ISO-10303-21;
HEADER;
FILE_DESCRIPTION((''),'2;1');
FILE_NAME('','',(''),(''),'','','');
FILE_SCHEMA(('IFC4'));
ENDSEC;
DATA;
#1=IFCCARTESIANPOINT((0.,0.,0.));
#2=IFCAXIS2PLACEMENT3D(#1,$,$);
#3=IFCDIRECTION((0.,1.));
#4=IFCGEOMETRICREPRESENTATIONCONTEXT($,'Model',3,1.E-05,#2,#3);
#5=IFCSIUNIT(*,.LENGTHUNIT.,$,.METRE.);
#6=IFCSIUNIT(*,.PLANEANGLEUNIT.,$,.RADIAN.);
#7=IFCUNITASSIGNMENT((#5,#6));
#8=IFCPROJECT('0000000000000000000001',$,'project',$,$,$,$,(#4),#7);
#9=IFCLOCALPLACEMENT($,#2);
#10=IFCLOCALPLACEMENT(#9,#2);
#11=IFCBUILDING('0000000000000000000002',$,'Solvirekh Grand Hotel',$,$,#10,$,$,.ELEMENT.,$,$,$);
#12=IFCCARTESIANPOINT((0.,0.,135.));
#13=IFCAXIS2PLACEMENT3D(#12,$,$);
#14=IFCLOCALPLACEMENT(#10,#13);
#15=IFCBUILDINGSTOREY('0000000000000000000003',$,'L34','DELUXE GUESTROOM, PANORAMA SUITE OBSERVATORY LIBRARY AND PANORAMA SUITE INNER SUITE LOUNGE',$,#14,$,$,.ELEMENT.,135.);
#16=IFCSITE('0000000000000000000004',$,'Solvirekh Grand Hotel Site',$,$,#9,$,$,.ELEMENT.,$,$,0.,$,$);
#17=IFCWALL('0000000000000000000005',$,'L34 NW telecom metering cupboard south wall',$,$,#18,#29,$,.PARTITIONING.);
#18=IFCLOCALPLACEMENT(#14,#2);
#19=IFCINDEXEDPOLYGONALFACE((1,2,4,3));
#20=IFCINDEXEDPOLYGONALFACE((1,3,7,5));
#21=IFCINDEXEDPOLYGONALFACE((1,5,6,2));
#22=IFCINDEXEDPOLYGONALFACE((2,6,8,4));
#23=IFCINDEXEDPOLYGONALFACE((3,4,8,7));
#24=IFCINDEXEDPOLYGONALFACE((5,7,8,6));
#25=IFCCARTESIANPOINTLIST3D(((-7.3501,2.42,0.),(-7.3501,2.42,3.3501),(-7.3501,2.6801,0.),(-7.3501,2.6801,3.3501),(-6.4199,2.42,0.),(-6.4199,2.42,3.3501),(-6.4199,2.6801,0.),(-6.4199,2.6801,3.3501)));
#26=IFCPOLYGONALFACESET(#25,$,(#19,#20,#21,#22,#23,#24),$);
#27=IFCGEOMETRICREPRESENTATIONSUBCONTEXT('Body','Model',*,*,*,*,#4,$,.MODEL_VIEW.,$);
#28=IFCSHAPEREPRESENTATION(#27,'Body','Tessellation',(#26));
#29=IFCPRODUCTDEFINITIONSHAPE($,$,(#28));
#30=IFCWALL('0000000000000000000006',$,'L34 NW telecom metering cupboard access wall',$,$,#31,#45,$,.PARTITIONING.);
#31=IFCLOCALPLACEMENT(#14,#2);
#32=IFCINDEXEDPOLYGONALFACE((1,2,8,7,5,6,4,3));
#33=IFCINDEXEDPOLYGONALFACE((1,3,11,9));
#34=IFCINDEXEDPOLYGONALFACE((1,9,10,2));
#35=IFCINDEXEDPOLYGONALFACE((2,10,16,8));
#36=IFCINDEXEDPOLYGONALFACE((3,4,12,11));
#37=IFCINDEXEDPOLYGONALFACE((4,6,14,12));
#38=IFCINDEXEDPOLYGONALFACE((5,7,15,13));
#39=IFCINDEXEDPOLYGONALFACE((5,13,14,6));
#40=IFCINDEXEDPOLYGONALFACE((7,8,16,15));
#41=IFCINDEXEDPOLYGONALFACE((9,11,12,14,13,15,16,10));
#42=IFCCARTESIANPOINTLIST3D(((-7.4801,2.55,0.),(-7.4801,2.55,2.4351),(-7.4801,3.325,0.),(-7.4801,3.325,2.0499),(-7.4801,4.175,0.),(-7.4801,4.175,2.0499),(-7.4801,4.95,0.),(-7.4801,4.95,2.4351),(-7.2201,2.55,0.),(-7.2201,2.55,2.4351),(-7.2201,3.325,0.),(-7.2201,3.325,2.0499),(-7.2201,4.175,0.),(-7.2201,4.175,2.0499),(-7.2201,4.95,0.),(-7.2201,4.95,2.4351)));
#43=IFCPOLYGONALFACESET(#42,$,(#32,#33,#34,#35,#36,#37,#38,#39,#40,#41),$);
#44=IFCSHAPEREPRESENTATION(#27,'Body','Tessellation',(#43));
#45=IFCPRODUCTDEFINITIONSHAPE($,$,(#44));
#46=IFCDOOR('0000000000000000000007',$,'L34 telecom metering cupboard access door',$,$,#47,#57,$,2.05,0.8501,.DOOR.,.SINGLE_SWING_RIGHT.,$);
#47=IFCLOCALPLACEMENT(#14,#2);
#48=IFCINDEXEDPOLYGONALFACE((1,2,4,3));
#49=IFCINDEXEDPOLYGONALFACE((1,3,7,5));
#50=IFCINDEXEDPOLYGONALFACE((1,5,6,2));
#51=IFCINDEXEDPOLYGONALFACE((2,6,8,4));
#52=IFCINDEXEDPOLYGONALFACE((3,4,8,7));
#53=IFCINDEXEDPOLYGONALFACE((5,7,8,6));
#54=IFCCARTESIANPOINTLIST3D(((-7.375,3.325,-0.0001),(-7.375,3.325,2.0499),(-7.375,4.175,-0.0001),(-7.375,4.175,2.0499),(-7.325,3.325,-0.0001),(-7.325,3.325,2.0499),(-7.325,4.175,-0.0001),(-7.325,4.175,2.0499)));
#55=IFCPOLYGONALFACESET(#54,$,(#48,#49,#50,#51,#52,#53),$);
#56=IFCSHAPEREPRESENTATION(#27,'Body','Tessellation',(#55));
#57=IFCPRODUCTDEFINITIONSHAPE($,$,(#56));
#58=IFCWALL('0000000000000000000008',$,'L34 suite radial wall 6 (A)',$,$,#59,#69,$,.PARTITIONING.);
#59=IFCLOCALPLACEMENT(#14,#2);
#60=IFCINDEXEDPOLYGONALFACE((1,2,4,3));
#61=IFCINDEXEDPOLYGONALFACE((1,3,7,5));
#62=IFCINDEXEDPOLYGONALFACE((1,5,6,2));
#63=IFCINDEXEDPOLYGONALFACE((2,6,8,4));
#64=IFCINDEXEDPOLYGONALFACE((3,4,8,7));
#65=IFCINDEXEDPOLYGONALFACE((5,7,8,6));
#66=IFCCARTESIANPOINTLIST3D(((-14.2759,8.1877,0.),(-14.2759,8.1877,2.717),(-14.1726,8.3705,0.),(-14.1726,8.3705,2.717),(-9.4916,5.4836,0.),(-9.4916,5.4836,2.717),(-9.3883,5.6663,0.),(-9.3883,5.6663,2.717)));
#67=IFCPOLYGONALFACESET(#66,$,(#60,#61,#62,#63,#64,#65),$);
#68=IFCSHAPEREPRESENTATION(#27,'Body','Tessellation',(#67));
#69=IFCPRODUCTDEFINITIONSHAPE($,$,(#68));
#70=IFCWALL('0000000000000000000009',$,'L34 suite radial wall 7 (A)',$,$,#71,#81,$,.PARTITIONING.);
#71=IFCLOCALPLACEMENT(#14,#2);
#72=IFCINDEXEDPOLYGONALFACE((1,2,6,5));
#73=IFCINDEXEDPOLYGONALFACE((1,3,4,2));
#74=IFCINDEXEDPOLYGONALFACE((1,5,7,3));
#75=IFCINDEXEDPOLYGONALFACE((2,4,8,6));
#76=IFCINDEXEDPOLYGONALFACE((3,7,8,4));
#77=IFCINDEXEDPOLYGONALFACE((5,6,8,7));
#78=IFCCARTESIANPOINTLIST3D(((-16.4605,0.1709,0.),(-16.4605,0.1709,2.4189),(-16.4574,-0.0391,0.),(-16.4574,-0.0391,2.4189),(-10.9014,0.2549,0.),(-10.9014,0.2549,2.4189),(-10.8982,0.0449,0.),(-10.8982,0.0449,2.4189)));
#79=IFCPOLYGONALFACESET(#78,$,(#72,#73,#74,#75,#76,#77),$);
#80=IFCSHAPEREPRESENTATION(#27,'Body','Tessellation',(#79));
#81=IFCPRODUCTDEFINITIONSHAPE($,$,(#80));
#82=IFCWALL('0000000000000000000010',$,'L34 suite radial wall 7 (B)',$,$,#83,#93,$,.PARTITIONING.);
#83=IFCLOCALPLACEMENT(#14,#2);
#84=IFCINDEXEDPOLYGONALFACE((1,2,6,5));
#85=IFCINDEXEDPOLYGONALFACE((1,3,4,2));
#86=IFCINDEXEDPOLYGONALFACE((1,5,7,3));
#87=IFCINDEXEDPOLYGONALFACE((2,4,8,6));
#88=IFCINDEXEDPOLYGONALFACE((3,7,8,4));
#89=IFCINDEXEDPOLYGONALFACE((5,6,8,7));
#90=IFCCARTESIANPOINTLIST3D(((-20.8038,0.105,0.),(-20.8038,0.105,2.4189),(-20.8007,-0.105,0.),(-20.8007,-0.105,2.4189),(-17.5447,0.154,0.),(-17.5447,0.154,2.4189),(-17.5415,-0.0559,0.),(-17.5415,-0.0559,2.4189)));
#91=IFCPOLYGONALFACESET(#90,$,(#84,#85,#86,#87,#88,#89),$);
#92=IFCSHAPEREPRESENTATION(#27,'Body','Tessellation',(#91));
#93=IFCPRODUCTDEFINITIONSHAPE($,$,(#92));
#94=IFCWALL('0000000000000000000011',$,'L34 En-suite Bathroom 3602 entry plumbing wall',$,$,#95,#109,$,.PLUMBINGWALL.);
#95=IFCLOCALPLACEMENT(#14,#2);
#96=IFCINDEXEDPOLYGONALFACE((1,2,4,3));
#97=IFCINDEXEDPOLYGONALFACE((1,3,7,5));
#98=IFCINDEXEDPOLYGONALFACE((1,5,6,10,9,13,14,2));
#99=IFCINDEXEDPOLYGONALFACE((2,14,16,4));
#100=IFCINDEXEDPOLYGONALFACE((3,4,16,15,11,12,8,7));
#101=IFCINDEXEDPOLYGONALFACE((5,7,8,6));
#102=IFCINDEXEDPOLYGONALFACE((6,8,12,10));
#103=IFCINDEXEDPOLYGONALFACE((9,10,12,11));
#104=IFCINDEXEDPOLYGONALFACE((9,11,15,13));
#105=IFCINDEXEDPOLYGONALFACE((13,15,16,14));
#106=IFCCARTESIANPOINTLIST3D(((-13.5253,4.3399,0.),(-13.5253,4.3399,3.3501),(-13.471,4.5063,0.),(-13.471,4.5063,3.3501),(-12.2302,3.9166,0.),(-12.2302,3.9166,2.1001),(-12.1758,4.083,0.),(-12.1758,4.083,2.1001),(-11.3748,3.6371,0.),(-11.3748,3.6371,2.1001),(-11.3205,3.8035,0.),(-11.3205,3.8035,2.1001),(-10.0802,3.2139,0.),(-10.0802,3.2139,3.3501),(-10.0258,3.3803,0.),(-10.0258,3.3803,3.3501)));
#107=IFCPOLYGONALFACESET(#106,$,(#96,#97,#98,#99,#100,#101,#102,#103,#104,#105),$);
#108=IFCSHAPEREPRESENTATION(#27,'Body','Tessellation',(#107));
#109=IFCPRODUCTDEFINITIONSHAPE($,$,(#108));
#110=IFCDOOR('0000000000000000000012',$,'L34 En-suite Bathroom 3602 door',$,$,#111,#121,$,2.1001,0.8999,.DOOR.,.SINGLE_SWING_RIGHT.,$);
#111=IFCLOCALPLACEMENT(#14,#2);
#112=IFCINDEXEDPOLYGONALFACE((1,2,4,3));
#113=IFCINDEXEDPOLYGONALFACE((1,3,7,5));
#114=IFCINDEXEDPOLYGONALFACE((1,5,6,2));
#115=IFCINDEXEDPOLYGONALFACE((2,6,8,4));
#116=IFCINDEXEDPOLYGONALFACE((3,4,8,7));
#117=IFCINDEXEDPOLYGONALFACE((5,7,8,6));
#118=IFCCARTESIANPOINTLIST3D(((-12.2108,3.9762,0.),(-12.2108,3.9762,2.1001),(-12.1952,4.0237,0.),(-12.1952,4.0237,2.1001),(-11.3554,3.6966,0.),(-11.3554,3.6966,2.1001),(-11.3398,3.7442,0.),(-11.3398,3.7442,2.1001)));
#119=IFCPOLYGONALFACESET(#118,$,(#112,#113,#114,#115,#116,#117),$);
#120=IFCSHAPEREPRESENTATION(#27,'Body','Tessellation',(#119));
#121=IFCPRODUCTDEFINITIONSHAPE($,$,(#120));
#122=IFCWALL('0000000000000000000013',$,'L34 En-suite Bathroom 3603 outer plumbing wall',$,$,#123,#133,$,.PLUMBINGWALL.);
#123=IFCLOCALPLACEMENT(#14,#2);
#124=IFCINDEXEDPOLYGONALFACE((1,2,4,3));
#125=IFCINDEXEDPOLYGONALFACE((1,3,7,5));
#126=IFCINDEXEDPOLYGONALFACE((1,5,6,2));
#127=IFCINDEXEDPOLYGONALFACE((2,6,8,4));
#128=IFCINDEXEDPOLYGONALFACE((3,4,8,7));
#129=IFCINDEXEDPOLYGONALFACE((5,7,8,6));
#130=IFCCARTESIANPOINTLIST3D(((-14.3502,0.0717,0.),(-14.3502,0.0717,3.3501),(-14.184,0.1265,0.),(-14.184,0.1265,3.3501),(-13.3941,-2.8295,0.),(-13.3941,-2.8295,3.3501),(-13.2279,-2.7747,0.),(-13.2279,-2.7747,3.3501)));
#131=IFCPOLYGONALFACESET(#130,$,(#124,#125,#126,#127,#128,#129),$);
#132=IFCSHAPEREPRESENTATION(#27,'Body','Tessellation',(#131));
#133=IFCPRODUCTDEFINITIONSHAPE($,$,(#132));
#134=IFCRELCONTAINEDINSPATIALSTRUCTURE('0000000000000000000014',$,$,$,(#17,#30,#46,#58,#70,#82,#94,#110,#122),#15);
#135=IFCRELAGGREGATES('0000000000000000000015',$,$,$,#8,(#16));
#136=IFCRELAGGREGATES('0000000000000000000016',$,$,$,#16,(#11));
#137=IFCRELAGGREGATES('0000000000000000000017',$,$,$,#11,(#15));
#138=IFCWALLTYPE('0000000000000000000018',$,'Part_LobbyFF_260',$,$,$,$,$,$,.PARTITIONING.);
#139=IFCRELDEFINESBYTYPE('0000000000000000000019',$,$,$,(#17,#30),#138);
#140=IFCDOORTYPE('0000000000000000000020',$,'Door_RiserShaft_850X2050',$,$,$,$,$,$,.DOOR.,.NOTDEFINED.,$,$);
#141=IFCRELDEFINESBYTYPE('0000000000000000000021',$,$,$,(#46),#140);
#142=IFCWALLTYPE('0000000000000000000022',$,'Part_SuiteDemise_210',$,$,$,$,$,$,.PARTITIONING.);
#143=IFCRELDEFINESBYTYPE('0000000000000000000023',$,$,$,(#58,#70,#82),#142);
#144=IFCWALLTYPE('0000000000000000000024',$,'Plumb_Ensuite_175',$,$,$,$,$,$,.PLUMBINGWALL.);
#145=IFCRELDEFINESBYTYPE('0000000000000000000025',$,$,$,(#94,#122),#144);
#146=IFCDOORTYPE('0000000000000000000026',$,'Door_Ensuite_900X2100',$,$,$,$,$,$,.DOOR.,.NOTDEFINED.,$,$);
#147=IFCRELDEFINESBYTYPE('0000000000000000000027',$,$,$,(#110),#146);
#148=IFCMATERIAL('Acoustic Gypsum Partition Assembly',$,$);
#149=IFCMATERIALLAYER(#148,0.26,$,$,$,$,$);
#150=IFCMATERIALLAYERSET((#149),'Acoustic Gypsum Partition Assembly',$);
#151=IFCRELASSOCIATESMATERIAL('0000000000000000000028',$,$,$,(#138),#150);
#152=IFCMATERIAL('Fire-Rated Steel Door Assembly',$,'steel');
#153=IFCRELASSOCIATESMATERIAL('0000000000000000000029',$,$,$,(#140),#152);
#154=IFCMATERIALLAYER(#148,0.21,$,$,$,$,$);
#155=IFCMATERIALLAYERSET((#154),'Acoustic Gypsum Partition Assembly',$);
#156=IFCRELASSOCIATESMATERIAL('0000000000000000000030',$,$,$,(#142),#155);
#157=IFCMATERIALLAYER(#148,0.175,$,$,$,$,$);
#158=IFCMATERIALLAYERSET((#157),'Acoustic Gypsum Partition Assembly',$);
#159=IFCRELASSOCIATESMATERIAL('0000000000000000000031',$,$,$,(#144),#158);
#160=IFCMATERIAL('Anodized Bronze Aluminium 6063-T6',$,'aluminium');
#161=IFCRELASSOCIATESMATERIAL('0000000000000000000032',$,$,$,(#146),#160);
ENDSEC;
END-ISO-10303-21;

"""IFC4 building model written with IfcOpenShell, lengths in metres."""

from ifc_helpers import new_model, si_unit, direction, frame, frame_2d, origin, place, context, subcontext, project, spatial, rectangle, extrude, material, layer, layer_set, type_object, element, fill, save


model = new_model("IFC4")

# Units and contexts
model_context = context("Model", 3, precision=1e-05, world=origin(), true_north=direction((0.0, 1.0)))
body_context = subcontext(model_context, "Body", "Model", "MODEL_VIEW")
ifc_project = project(units=[si_unit("LENGTHUNIT", "METRE"), si_unit("PLANEANGLEUNIT", "RADIAN")], contexts=[model_context])

# Site, building, storey
site_placement = place(None, origin())
site = spatial("IfcSite", under=ifc_project, at=site_placement, Name="Solvirekh Grand Hotel Site", CompositionType="ELEMENT", RefElevation=0.0)
building_placement = place(site_placement, origin())
building = spatial("IfcBuilding", under=site, at=building_placement, Name="Solvirekh Grand Hotel", CompositionType="ELEMENT")
storey_placement = place(building_placement, frame((0.0, 0.0, 135.0)))
storey = spatial("IfcBuildingStorey", under=building, at=storey_placement, Name="L34", Description="DELUXE GUESTROOM, PANORAMA SUITE OBSERVATORY LIBRARY AND PANORAMA SUITE INNER SUITE LOUNGE", CompositionType="ELEMENT", Elevation=135.0)

# Shared definitions
ifc_material_1 = material(Name="Anodized Bronze Aluminium 6063-T6", Category="aluminium")

# Shared definitions
ifc_material_2 = material(Name="Acoustic Gypsum Partition Assembly")

# Shared definitions
ifc_material_3 = material(Name="Fire-Rated Steel Door Assembly", Category="steel")

# Wall
ifc_layer_1 = layer(ifc_material_2, 0.26)
ifc_layer_set_1 = layer_set([ifc_layer_1], Name="Acoustic Gypsum Partition Assembly")
wall_type_1 = type_object("IfcWallType", Name="Part_LobbyFF_260", PredefinedType="PARTITIONING", material=ifc_layer_set_1)
for number, where, z_axis, x_axis, name in (
    (1, (-7.3501, 2.55, 0.0), (0.0, 0.0, 1.0), (1.0, 0.0, 0.0), "L34 NW telecom metering cupboard south wall"),
):
    element("IfcWall", number, at=place(storey_placement, frame(where, z_axis=z_axis, x_axis=x_axis)), inside=storey, type_object=wall_type_1, Name=name, PredefinedType="PARTITIONING", context=body_context, shape_type="SweptSolid", body=[
        extrude(rectangle(XDim=0.9302, YDim=0.26, at=frame_2d((0.4651, 0.0))), origin(), (0.0, 0.0, 1.0), 3.3501),
    ])

# Wall, opening, door
wall_1_placement = place(storey_placement, frame((-7.3501, 2.55, 0.0), z_axis=(0.0, 0.0, 1.0), x_axis=(0.0, 1.0, 0.0)))
wall_1 = element("IfcWall", 2, at=wall_1_placement, inside=storey, type_object=wall_type_1, Name="L34 NW telecom metering cupboard access wall", PredefinedType="PARTITIONING", context=body_context, shape_type="SweptSolid", body=[
    extrude(rectangle(XDim=2.3999, YDim=0.26, at=frame_2d((1.2, 0.0))), origin(), (0.0, 0.0, 1.0), 2.4351),
])
opening_1_placement = place(wall_1_placement, frame((0.7749, 0.0, 0.0)))
opening_1 = element("IfcOpeningElement", 3, at=opening_1_placement, cuts=wall_1, PredefinedType="OPENING", context=body_context, shape_type="SweptSolid", body=[
    extrude(rectangle(XDim=0.8501, YDim=2.05, at=frame_2d((0.425, 1.0249))), frame((0.0, 0.1401, 0.0), z_axis=(0.0, -1.0, 0.0), x_axis=(1.0, 0.0, 0.0)), (0.0, 0.0, 1.0), 0.28),
])
door_type_1 = type_object("IfcDoorType", Name="Door_RiserShaft_850X2050", OperationType="NOTDEFINED", PredefinedType="DOOR", material=ifc_material_3)
door_1_placement = place(opening_1_placement, origin())
door_1 = element("IfcDoor", 4, at=door_1_placement, inside=storey, type_object=door_type_1, Name="L34 telecom metering cupboard access door", OperationType="SINGLE_SWING_RIGHT", OverallHeight=2.05, OverallWidth=0.8501, PredefinedType="DOOR", context=body_context, shape_type="SweptSolid", body=[
    extrude(rectangle(XDim=0.8501, YDim=2.05, at=frame_2d((0.425, 1.0249))), frame((0.0, 0.0249, 0.0), z_axis=(0.0, -1.0, 0.0), x_axis=(1.0, 0.0, 0.0)), (0.0, 0.0, 1.0), 0.05),
])
fill(opening_1, door_1)

# Walls
ifc_layer_2 = layer(ifc_material_2, 0.21)
ifc_layer_set_2 = layer_set([ifc_layer_2], Name="Acoustic Gypsum Partition Assembly")
wall_type_2 = type_object("IfcWallType", Name="Part_SuiteDemise_210", PredefinedType="PARTITIONING", material=ifc_layer_set_2)
wall_2_placement = place(storey_placement, frame((-9.4399, 5.575, 0.0), z_axis=(0.0, 0.0, 1.0), x_axis=(-0.870563, 0.492057, 0.0)))
element("IfcWall", 5, at=wall_2_placement, inside=storey, type_object=wall_type_2, Name="L34 suite radial wall 6 (A)", PredefinedType="PARTITIONING", context=body_context, shape_type="SweptSolid", body=[
    extrude(rectangle(XDim=5.4956, YDim=0.21, at=frame_2d((2.7478, 0.0))), origin(), (0.0, 0.0, 1.0), 2.717),
])
wall_3_placement = place(storey_placement, frame((-10.8999, 0.1499, 0.0), z_axis=(0.0, 0.0, 1.0), x_axis=(-0.999886, -0.015106, 0.0)))
element("IfcWall", 6, at=wall_3_placement, inside=storey, type_object=wall_type_2, Name="L34 suite radial wall 7 (A)", PredefinedType="PARTITIONING", context=body_context, shape_type="SweptSolid", body=[
    extrude(rectangle(XDim=5.5598, YDim=0.21, at=frame_2d((2.7798, 0.0))), origin(), (0.0, 0.0, 1.0), 2.4189),
])
wall_4_placement = place(storey_placement, frame((-17.543, 0.0491, 0.0), z_axis=(0.0, 0.0, 1.0), x_axis=(-0.999887, -0.015056, 0.0)))
element("IfcWall", 7, at=wall_4_placement, inside=storey, type_object=wall_type_2, Name="L34 suite radial wall 7 (B)", PredefinedType="PARTITIONING", context=body_context, shape_type="SweptSolid", body=[
    extrude(rectangle(XDim=3.2595, YDim=0.21, at=frame_2d((1.6299, 0.0))), origin(), (0.0, 0.0, 1.0), 2.4189),
])

# Wall, opening, door
ifc_layer_3 = layer(ifc_material_2, 0.175)
ifc_layer_set_3 = layer_set([ifc_layer_3], Name="Acoustic Gypsum Partition Assembly")
wall_type_3 = type_object("IfcWallType", Name="Plumb_Ensuite_175", PredefinedType="PLUMBINGWALL", material=ifc_layer_set_3)
wall_5_placement = place(storey_placement, frame((-10.053, 3.2971, 0.0), z_axis=(0.0, 0.0, 1.0), x_axis=(-0.950519, 0.310665, 0.0)))
wall_5 = element("IfcWall", 8, at=wall_5_placement, inside=storey, type_object=wall_type_3, Name="L34 En-suite Bathroom 3602 entry plumbing wall", PredefinedType="PLUMBINGWALL", context=body_context, shape_type="SweptSolid", body=[
    extrude(rectangle(XDim=3.6245, YDim=0.175, at=frame_2d((1.8123, 0.0))), origin(), (0.0, 0.0, 1.0), 3.3501),
])
opening_2_placement = place(wall_5_placement, frame((1.3621, 0.0, 0.0)))
opening_2 = element("IfcOpeningElement", 9, at=opening_2_placement, cuts=wall_5, PredefinedType="OPENING", context=body_context, shape_type="SweptSolid", body=[
    extrude(rectangle(XDim=0.8999, YDim=2.1001, at=frame_2d((0.45, 1.05))), frame((0.0, 0.0977, 0.0), z_axis=(0.0, -1.0, 0.0), x_axis=(1.0, 0.0, 0.0)), (0.0, 0.0, 1.0), 0.1951),
])
door_type_2 = type_object("IfcDoorType", Name="Door_Ensuite_900X2100", OperationType="NOTDEFINED", PredefinedType="DOOR", material=ifc_material_1)
door_2_placement = place(opening_2_placement, origin())
door_2 = element("IfcDoor", 10, at=door_2_placement, inside=storey, type_object=door_type_2, Name="L34 En-suite Bathroom 3602 door", OperationType="SINGLE_SWING_RIGHT", OverallHeight=2.1001, OverallWidth=0.8999, PredefinedType="DOOR", context=body_context, shape_type="SweptSolid", body=[
    extrude(rectangle(XDim=0.8999, YDim=2.1001, at=frame_2d((0.45, 1.05))), frame((0.0, 0.0249, 0.0), z_axis=(0.0, -1.0, 0.0), x_axis=(1.0, 0.0, 0.0)), (0.0, 0.0, 1.0), 0.05),
])
fill(opening_2, door_2)

# Wall
wall_6_placement = place(storey_placement, frame((-14.2671, 0.0991, 0.0), z_axis=(0.0, 0.0, 1.0), x_axis=(0.312989, -0.949757, 0.0)))
element("IfcWall", 11, at=wall_6_placement, inside=storey, type_object=wall_type_3, Name="L34 En-suite Bathroom 3603 outer plumbing wall", PredefinedType="PLUMBINGWALL", context=body_context, shape_type="SweptSolid", body=[
    extrude(rectangle(XDim=3.0547, YDim=0.175, at=frame_2d((1.5273, 0.0))), origin(), (0.0, 0.0, 1.0), 3.3501),
])

save(model, "model.ifc")
